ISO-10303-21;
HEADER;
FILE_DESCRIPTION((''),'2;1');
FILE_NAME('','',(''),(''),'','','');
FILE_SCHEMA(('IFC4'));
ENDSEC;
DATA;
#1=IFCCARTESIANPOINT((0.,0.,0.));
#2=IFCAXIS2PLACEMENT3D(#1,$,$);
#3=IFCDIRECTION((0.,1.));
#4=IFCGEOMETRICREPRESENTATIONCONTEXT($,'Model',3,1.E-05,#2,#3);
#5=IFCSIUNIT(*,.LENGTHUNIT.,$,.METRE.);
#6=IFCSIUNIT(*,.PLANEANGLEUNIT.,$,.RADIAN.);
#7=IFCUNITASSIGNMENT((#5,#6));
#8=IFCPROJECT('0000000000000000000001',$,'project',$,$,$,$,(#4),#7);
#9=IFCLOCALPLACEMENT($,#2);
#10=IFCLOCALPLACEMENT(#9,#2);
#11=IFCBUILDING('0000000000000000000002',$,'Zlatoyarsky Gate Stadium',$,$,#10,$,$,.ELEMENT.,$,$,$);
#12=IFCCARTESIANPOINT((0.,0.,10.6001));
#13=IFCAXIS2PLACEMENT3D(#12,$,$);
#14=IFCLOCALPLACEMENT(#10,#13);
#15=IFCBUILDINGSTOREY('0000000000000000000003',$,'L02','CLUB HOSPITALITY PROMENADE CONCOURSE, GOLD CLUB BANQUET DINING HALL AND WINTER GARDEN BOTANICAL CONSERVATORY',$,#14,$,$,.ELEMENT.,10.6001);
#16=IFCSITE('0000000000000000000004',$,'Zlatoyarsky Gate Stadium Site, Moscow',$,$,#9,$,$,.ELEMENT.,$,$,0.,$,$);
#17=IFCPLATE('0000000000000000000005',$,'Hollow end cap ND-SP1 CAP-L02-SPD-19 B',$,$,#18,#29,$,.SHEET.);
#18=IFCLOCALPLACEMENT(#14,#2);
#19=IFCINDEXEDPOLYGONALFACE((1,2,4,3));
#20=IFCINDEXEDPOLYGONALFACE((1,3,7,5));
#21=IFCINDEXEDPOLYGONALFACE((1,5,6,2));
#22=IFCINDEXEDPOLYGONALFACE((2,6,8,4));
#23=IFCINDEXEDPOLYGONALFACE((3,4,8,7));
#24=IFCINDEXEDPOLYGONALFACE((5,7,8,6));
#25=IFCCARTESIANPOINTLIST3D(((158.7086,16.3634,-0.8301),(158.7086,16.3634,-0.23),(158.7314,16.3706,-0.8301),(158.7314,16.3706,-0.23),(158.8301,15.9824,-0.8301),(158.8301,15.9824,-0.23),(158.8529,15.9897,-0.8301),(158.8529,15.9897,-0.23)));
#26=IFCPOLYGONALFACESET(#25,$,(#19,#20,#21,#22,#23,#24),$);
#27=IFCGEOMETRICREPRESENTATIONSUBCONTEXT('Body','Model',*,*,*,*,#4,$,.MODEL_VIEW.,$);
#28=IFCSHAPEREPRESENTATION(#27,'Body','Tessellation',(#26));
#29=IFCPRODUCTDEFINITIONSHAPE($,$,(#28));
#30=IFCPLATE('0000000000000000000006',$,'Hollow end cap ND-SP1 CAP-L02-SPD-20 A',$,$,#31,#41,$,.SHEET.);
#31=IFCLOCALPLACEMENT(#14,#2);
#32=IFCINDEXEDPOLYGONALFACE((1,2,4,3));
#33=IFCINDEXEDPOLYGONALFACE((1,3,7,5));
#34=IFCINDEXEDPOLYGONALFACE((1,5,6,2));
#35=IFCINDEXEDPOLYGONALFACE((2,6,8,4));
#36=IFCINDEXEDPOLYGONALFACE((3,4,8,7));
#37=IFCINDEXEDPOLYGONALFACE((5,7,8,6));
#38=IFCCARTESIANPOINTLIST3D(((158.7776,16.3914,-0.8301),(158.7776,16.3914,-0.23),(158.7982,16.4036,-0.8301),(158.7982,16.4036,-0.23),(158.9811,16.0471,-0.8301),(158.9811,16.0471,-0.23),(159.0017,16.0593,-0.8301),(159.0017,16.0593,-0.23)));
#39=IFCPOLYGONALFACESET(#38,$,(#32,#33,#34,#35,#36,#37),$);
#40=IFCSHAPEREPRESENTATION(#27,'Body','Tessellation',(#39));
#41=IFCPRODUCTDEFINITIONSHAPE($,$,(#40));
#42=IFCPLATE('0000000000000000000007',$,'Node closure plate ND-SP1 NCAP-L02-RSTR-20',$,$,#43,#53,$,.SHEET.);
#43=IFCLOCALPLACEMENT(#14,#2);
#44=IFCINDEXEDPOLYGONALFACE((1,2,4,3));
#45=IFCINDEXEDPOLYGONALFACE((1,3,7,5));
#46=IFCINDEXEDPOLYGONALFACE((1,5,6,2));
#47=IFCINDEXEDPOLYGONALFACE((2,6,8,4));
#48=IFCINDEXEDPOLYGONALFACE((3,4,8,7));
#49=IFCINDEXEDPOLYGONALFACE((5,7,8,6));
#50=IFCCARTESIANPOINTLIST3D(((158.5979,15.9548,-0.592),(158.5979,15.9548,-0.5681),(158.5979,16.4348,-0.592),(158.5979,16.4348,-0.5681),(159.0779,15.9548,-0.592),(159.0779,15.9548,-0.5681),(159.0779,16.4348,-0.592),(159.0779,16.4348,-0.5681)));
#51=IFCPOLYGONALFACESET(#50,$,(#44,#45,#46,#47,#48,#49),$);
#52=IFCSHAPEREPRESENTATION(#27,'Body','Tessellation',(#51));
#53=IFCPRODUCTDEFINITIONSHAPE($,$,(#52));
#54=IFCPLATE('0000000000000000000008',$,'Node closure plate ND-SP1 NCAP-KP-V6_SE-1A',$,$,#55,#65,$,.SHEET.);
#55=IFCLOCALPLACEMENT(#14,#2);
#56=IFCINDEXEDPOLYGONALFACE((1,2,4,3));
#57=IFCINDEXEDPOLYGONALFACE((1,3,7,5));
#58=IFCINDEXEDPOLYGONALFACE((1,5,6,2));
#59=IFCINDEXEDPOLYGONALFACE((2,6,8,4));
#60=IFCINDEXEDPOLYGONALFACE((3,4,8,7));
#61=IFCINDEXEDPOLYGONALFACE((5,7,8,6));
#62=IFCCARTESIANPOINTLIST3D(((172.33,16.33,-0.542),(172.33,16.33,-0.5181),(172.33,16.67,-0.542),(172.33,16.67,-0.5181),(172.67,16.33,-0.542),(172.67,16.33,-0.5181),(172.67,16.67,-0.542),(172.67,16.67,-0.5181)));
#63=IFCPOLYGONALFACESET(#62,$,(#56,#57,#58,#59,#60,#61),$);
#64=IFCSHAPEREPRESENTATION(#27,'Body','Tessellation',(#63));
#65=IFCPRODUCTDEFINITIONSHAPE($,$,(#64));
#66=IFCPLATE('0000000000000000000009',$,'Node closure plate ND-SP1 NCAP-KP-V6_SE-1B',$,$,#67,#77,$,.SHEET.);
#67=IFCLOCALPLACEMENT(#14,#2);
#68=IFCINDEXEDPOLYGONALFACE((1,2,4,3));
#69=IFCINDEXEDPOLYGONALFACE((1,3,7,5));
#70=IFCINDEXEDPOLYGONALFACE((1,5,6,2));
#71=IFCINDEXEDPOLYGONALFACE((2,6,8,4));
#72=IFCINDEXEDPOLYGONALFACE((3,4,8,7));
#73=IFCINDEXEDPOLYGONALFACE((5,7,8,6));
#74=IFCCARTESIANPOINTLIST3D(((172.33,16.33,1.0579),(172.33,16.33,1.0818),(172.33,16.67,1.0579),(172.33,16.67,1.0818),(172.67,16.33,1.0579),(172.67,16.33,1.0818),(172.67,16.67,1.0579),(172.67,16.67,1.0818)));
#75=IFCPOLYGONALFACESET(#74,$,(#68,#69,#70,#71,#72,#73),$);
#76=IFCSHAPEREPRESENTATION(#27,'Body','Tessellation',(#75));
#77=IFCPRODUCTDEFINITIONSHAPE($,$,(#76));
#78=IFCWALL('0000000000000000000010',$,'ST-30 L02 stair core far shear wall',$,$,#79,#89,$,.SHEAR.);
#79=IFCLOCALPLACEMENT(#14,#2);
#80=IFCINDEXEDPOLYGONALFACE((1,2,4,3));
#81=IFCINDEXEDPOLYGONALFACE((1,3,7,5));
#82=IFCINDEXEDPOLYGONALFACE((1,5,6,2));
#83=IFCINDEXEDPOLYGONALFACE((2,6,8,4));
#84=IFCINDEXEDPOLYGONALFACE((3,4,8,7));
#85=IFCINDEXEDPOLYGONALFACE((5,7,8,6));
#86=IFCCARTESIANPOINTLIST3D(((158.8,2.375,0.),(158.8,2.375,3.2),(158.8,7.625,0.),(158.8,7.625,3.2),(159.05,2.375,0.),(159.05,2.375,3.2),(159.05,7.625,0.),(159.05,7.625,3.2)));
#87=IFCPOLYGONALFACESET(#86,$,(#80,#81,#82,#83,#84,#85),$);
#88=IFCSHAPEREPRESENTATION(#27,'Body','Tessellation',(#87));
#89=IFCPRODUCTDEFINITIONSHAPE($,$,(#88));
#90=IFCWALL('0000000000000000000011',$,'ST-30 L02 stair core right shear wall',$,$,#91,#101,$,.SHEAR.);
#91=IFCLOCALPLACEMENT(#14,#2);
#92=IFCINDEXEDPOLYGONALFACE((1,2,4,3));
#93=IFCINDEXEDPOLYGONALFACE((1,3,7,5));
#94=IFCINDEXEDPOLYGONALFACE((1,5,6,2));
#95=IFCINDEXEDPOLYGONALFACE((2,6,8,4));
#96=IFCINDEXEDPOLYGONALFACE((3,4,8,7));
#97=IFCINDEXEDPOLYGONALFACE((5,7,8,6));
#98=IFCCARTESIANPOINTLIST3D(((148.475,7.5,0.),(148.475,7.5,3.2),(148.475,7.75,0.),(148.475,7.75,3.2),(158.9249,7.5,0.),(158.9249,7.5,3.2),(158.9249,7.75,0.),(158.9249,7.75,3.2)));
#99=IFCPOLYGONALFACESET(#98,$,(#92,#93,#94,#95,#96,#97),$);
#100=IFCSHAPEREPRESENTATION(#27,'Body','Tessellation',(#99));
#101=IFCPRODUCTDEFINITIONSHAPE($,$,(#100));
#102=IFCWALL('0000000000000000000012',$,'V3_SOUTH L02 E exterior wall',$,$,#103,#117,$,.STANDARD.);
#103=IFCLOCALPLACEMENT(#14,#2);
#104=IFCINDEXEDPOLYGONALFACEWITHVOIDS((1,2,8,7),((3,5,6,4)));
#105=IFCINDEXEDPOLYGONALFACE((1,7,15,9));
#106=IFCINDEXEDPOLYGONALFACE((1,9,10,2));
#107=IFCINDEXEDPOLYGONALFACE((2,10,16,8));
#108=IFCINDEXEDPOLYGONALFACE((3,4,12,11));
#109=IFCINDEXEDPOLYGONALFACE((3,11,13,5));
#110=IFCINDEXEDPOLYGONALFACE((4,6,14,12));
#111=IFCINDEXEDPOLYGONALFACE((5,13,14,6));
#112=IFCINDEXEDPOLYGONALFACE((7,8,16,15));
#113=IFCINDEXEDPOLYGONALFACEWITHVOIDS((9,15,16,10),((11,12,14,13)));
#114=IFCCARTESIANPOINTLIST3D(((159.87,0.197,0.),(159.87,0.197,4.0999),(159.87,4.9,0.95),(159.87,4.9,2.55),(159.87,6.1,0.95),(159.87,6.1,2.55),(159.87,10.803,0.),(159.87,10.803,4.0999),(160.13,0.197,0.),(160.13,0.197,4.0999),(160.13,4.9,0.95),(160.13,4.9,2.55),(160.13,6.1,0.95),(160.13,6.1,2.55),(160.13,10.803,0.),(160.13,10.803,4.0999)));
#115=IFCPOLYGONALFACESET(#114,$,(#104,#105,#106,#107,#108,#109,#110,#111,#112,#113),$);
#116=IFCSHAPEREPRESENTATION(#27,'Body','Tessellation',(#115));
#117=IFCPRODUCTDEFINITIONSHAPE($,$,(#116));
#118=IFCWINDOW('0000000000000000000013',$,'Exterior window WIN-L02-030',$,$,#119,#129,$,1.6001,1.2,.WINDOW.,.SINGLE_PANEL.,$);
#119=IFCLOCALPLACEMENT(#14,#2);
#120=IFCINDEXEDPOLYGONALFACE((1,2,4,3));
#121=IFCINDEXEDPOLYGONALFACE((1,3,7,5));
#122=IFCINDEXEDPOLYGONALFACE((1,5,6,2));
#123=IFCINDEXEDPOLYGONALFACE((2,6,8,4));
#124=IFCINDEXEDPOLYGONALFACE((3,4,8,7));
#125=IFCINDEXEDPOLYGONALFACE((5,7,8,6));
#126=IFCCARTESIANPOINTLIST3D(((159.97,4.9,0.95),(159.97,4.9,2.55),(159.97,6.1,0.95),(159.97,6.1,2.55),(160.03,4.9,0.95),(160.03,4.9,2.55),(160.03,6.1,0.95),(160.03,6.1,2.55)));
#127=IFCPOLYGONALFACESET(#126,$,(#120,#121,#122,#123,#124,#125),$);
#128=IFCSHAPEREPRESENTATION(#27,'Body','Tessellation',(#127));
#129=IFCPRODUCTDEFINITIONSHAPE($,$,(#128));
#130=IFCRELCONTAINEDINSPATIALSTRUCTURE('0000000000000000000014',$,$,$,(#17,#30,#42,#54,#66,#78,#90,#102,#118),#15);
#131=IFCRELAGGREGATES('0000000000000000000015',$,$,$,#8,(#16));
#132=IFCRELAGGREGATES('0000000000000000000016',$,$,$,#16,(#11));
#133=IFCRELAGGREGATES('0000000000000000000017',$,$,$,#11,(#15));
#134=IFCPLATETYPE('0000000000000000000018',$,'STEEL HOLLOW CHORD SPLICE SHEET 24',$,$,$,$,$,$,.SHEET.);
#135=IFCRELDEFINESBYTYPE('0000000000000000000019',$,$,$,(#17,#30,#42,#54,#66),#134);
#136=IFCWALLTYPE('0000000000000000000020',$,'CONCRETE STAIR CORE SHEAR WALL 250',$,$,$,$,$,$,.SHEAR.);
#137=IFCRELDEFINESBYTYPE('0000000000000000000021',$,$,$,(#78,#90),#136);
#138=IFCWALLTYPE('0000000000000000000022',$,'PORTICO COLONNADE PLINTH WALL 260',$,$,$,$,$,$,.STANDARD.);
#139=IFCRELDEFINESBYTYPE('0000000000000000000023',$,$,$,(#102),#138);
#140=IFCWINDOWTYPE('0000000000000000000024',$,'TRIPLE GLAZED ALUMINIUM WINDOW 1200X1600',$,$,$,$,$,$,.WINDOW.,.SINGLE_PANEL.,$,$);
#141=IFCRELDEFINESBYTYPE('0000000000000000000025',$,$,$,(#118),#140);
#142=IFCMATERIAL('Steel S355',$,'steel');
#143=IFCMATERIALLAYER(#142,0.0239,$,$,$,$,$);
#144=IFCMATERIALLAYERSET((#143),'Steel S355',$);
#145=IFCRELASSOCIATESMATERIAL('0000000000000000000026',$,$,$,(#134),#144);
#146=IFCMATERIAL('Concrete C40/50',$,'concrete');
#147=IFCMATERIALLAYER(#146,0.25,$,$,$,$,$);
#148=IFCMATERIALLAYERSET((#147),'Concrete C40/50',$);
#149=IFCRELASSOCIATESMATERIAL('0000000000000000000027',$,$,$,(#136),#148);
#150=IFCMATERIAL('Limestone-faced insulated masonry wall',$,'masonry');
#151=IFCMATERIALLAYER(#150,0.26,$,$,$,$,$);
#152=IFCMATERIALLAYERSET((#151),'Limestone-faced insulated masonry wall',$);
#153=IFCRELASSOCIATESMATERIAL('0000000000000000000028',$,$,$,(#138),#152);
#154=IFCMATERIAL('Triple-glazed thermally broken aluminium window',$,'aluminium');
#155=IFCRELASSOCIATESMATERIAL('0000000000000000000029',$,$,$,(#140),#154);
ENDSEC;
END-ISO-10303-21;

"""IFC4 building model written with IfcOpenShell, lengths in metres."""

from ifc_helpers import new_model, si_unit, direction, frame, frame_2d, origin, origin_2d, place, context, subcontext, project, spatial, rectangle, extrude, material, layer, layer_set, type_object, element, fill, save


model = new_model("IFC4")

# Units and contexts
model_context = context("Model", 3, precision=1e-05, world=origin(), true_north=direction((0.0, 1.0)))
body_context = subcontext(model_context, "Body", "Model", "MODEL_VIEW")
ifc_project = project(units=[si_unit("LENGTHUNIT", "METRE"), si_unit("PLANEANGLEUNIT", "RADIAN")], contexts=[model_context])

# Site, building, storey
site_placement = place(None, origin())
site = spatial("IfcSite", under=ifc_project, at=site_placement, Name="Zlatoyarsky Gate Stadium Site, Moscow", CompositionType="ELEMENT", RefElevation=0.0)
building_placement = place(site_placement, origin())
building = spatial("IfcBuilding", under=site, at=building_placement, Name="Zlatoyarsky Gate Stadium", CompositionType="ELEMENT")
storey_placement = place(building_placement, frame((0.0, 0.0, 10.6001)))
storey = spatial("IfcBuildingStorey", under=building, at=storey_placement, Name="L02", Description="CLUB HOSPITALITY PROMENADE CONCOURSE, GOLD CLUB BANQUET DINING HALL AND WINTER GARDEN BOTANICAL CONSERVATORY", CompositionType="ELEMENT", Elevation=10.6001)

# Shared definitions
ifc_material_1 = material(Name="Steel S355", Category="steel")

# Shared definitions
ifc_material_2 = material(Name="Concrete C40/50", Category="concrete")

# Plates
ifc_layer_1 = layer(ifc_material_1, 0.0239)
ifc_layer_set_1 = layer_set([ifc_layer_1], Name="Steel S355")
plate_type_1 = type_object("IfcPlateType", Name="STEEL HOLLOW CHORD SPLICE SHEET 24", PredefinedType="SHEET", material=ifc_layer_set_1)
for number, where, z_axis, x_axis, name in (
    (1, (158.7808, 16.1765, -0.8301), (0.0, 0.0, 1.0), (0.952709, 0.303884, 0.0), "Hollow end cap ND-SP1 CAP-L02-SPD-19 B"),
    (2, (158.8896, 16.2253, -0.8301), (0.0, 0.0, 1.0), (0.860935, 0.508716, 0.0), "Hollow end cap ND-SP1 CAP-L02-SPD-20 A"),
):
    element("IfcPlate", number, at=place(storey_placement, frame(where, z_axis=z_axis, x_axis=x_axis)), inside=storey, type_object=plate_type_1, Name=name, PredefinedType="SHEET", context=body_context, shape_type="SweptSolid", body=[
        extrude(rectangle(XDim=0.0239, YDim=0.3999, at=origin_2d()), origin(), (0.0, 0.0, 1.0), 0.6001),
    ])
plate_1_placement = place(storey_placement, frame((158.8379, 16.1948, -0.592), z_axis=(0.0, 0.0, 1.0), x_axis=(1.0, 0.0, 0.0)))
element("IfcPlate", 3, at=plate_1_placement, inside=storey, type_object=plate_type_1, Name="Node closure plate ND-SP1 NCAP-L02-RSTR-20", PredefinedType="SHEET", context=body_context, shape_type="SweptSolid", body=[
    extrude(rectangle(XDim=0.48, YDim=0.48, at=origin_2d()), origin(), (0.0, 0.0, 1.0), 0.0239),
])
for number, where, z_axis, x_axis, name in (
    (4, (172.5, 16.5, -0.542), (0.0, 0.0, 1.0), (1.0, 0.0, 0.0), "Node closure plate ND-SP1 NCAP-KP-V6_SE-1A"),
    (5, (172.5, 16.5, 1.0579), (0.0, 0.0, 1.0), (1.0, 0.0, 0.0), "Node closure plate ND-SP1 NCAP-KP-V6_SE-1B"),
):
    element("IfcPlate", number, at=place(storey_placement, frame(where, z_axis=z_axis, x_axis=x_axis)), inside=storey, type_object=plate_type_1, Name=name, PredefinedType="SHEET", context=body_context, shape_type="SweptSolid", body=[
        extrude(rectangle(XDim=0.3401, YDim=0.3401, at=origin_2d()), origin(), (0.0, 0.0, 1.0), 0.0239),
    ])

# Walls
ifc_layer_2 = layer(ifc_material_2, 0.25)
ifc_layer_set_2 = layer_set([ifc_layer_2], Name="Concrete C40/50")
wall_type_1 = type_object("IfcWallType", Name="CONCRETE STAIR CORE SHEAR WALL 250", PredefinedType="SHEAR", material=ifc_layer_set_2)
wall_1_placement = place(storey_placement, frame((158.925, 2.375, 0.0), z_axis=(0.0, 0.0, 1.0), x_axis=(0.0, 1.0, 0.0)))
element("IfcWall", 6, at=wall_1_placement, inside=storey, type_object=wall_type_1, Name="ST-30 L02 stair core far shear wall", PredefinedType="SHEAR", context=body_context, shape_type="SweptSolid", body=[
    extrude(rectangle(XDim=5.25, YDim=0.25, at=frame_2d((2.625, 0.0))), origin(), (0.0, 0.0, 1.0), 3.2),
])
wall_2_placement = place(storey_placement, frame((158.925, 7.625, 0.0), z_axis=(0.0, 0.0, 1.0), x_axis=(-1.0, 0.0, 0.0)))
element("IfcWall", 7, at=wall_2_placement, inside=storey, type_object=wall_type_1, Name="ST-30 L02 stair core right shear wall", PredefinedType="SHEAR", context=body_context, shape_type="SweptSolid", body=[
    extrude(rectangle(XDim=10.45, YDim=0.25, at=frame_2d((5.2251, 0.0))), origin(), (0.0, 0.0, 1.0), 3.2),
])

# Wall, opening, window
ifc_material_3 = material(Name="Limestone-faced insulated masonry wall", Category="masonry")
ifc_layer_3 = layer(ifc_material_3, 0.26)
ifc_layer_set_3 = layer_set([ifc_layer_3], Name="Limestone-faced insulated masonry wall")
wall_type_2 = type_object("IfcWallType", Name="PORTICO COLONNADE PLINTH WALL 260", PredefinedType="STANDARD", material=ifc_layer_set_3)
wall_3_placement = place(storey_placement, frame((160.0, 0.197, 0.0), z_axis=(0.0, 0.0, 1.0), x_axis=(0.0, 1.0, 0.0)))
wall_3 = element("IfcWall", 8, at=wall_3_placement, inside=storey, type_object=wall_type_2, Name="V3_SOUTH L02 E exterior wall", PredefinedType="STANDARD", context=body_context, shape_type="SweptSolid", body=[
    extrude(rectangle(XDim=10.606, YDim=0.26, at=frame_2d((5.303, 0.0))), origin(), (0.0, 0.0, 1.0), 4.0999),
])
opening_placement = place(wall_3_placement, frame((4.7029, 0.0, 0.95)))
opening = element("IfcOpeningElement", 9, at=opening_placement, cuts=wall_3, PredefinedType="OPENING", context=body_context, shape_type="SweptSolid", body=[
    extrude(rectangle(XDim=1.2, YDim=1.6001, at=frame_2d((0.6001, 0.8))), frame((0.0, 0.1399, 0.0), z_axis=(0.0, -1.0, 0.0), x_axis=(1.0, 0.0, 0.0)), (0.0, 0.0, 1.0), 0.28),
])
ifc_material_4 = material(Name="Triple-glazed thermally broken aluminium window", Category="aluminium")
window_type = type_object("IfcWindowType", Name="TRIPLE GLAZED ALUMINIUM WINDOW 1200X1600", PartitioningType="SINGLE_PANEL", PredefinedType="WINDOW", material=ifc_material_4)
window_placement = place(opening_placement, origin())
window = element("IfcWindow", 10, at=window_placement, inside=storey, type_object=window_type, Name="Exterior window WIN-L02-030", OverallHeight=1.6001, OverallWidth=1.2, PartitioningType="SINGLE_PANEL", PredefinedType="WINDOW", context=body_context, shape_type="SweptSolid", body=[
    extrude(rectangle(XDim=1.2, YDim=1.6001, at=frame_2d((0.6001, 0.8))), frame((0.0, 0.03, 0.0), z_axis=(0.0, -1.0, 0.0), x_axis=(1.0, 0.0, 0.0)), (0.0, 0.0, 1.0), 0.0601),
])
fill(opening, window)

save(model, "model.ifc")
